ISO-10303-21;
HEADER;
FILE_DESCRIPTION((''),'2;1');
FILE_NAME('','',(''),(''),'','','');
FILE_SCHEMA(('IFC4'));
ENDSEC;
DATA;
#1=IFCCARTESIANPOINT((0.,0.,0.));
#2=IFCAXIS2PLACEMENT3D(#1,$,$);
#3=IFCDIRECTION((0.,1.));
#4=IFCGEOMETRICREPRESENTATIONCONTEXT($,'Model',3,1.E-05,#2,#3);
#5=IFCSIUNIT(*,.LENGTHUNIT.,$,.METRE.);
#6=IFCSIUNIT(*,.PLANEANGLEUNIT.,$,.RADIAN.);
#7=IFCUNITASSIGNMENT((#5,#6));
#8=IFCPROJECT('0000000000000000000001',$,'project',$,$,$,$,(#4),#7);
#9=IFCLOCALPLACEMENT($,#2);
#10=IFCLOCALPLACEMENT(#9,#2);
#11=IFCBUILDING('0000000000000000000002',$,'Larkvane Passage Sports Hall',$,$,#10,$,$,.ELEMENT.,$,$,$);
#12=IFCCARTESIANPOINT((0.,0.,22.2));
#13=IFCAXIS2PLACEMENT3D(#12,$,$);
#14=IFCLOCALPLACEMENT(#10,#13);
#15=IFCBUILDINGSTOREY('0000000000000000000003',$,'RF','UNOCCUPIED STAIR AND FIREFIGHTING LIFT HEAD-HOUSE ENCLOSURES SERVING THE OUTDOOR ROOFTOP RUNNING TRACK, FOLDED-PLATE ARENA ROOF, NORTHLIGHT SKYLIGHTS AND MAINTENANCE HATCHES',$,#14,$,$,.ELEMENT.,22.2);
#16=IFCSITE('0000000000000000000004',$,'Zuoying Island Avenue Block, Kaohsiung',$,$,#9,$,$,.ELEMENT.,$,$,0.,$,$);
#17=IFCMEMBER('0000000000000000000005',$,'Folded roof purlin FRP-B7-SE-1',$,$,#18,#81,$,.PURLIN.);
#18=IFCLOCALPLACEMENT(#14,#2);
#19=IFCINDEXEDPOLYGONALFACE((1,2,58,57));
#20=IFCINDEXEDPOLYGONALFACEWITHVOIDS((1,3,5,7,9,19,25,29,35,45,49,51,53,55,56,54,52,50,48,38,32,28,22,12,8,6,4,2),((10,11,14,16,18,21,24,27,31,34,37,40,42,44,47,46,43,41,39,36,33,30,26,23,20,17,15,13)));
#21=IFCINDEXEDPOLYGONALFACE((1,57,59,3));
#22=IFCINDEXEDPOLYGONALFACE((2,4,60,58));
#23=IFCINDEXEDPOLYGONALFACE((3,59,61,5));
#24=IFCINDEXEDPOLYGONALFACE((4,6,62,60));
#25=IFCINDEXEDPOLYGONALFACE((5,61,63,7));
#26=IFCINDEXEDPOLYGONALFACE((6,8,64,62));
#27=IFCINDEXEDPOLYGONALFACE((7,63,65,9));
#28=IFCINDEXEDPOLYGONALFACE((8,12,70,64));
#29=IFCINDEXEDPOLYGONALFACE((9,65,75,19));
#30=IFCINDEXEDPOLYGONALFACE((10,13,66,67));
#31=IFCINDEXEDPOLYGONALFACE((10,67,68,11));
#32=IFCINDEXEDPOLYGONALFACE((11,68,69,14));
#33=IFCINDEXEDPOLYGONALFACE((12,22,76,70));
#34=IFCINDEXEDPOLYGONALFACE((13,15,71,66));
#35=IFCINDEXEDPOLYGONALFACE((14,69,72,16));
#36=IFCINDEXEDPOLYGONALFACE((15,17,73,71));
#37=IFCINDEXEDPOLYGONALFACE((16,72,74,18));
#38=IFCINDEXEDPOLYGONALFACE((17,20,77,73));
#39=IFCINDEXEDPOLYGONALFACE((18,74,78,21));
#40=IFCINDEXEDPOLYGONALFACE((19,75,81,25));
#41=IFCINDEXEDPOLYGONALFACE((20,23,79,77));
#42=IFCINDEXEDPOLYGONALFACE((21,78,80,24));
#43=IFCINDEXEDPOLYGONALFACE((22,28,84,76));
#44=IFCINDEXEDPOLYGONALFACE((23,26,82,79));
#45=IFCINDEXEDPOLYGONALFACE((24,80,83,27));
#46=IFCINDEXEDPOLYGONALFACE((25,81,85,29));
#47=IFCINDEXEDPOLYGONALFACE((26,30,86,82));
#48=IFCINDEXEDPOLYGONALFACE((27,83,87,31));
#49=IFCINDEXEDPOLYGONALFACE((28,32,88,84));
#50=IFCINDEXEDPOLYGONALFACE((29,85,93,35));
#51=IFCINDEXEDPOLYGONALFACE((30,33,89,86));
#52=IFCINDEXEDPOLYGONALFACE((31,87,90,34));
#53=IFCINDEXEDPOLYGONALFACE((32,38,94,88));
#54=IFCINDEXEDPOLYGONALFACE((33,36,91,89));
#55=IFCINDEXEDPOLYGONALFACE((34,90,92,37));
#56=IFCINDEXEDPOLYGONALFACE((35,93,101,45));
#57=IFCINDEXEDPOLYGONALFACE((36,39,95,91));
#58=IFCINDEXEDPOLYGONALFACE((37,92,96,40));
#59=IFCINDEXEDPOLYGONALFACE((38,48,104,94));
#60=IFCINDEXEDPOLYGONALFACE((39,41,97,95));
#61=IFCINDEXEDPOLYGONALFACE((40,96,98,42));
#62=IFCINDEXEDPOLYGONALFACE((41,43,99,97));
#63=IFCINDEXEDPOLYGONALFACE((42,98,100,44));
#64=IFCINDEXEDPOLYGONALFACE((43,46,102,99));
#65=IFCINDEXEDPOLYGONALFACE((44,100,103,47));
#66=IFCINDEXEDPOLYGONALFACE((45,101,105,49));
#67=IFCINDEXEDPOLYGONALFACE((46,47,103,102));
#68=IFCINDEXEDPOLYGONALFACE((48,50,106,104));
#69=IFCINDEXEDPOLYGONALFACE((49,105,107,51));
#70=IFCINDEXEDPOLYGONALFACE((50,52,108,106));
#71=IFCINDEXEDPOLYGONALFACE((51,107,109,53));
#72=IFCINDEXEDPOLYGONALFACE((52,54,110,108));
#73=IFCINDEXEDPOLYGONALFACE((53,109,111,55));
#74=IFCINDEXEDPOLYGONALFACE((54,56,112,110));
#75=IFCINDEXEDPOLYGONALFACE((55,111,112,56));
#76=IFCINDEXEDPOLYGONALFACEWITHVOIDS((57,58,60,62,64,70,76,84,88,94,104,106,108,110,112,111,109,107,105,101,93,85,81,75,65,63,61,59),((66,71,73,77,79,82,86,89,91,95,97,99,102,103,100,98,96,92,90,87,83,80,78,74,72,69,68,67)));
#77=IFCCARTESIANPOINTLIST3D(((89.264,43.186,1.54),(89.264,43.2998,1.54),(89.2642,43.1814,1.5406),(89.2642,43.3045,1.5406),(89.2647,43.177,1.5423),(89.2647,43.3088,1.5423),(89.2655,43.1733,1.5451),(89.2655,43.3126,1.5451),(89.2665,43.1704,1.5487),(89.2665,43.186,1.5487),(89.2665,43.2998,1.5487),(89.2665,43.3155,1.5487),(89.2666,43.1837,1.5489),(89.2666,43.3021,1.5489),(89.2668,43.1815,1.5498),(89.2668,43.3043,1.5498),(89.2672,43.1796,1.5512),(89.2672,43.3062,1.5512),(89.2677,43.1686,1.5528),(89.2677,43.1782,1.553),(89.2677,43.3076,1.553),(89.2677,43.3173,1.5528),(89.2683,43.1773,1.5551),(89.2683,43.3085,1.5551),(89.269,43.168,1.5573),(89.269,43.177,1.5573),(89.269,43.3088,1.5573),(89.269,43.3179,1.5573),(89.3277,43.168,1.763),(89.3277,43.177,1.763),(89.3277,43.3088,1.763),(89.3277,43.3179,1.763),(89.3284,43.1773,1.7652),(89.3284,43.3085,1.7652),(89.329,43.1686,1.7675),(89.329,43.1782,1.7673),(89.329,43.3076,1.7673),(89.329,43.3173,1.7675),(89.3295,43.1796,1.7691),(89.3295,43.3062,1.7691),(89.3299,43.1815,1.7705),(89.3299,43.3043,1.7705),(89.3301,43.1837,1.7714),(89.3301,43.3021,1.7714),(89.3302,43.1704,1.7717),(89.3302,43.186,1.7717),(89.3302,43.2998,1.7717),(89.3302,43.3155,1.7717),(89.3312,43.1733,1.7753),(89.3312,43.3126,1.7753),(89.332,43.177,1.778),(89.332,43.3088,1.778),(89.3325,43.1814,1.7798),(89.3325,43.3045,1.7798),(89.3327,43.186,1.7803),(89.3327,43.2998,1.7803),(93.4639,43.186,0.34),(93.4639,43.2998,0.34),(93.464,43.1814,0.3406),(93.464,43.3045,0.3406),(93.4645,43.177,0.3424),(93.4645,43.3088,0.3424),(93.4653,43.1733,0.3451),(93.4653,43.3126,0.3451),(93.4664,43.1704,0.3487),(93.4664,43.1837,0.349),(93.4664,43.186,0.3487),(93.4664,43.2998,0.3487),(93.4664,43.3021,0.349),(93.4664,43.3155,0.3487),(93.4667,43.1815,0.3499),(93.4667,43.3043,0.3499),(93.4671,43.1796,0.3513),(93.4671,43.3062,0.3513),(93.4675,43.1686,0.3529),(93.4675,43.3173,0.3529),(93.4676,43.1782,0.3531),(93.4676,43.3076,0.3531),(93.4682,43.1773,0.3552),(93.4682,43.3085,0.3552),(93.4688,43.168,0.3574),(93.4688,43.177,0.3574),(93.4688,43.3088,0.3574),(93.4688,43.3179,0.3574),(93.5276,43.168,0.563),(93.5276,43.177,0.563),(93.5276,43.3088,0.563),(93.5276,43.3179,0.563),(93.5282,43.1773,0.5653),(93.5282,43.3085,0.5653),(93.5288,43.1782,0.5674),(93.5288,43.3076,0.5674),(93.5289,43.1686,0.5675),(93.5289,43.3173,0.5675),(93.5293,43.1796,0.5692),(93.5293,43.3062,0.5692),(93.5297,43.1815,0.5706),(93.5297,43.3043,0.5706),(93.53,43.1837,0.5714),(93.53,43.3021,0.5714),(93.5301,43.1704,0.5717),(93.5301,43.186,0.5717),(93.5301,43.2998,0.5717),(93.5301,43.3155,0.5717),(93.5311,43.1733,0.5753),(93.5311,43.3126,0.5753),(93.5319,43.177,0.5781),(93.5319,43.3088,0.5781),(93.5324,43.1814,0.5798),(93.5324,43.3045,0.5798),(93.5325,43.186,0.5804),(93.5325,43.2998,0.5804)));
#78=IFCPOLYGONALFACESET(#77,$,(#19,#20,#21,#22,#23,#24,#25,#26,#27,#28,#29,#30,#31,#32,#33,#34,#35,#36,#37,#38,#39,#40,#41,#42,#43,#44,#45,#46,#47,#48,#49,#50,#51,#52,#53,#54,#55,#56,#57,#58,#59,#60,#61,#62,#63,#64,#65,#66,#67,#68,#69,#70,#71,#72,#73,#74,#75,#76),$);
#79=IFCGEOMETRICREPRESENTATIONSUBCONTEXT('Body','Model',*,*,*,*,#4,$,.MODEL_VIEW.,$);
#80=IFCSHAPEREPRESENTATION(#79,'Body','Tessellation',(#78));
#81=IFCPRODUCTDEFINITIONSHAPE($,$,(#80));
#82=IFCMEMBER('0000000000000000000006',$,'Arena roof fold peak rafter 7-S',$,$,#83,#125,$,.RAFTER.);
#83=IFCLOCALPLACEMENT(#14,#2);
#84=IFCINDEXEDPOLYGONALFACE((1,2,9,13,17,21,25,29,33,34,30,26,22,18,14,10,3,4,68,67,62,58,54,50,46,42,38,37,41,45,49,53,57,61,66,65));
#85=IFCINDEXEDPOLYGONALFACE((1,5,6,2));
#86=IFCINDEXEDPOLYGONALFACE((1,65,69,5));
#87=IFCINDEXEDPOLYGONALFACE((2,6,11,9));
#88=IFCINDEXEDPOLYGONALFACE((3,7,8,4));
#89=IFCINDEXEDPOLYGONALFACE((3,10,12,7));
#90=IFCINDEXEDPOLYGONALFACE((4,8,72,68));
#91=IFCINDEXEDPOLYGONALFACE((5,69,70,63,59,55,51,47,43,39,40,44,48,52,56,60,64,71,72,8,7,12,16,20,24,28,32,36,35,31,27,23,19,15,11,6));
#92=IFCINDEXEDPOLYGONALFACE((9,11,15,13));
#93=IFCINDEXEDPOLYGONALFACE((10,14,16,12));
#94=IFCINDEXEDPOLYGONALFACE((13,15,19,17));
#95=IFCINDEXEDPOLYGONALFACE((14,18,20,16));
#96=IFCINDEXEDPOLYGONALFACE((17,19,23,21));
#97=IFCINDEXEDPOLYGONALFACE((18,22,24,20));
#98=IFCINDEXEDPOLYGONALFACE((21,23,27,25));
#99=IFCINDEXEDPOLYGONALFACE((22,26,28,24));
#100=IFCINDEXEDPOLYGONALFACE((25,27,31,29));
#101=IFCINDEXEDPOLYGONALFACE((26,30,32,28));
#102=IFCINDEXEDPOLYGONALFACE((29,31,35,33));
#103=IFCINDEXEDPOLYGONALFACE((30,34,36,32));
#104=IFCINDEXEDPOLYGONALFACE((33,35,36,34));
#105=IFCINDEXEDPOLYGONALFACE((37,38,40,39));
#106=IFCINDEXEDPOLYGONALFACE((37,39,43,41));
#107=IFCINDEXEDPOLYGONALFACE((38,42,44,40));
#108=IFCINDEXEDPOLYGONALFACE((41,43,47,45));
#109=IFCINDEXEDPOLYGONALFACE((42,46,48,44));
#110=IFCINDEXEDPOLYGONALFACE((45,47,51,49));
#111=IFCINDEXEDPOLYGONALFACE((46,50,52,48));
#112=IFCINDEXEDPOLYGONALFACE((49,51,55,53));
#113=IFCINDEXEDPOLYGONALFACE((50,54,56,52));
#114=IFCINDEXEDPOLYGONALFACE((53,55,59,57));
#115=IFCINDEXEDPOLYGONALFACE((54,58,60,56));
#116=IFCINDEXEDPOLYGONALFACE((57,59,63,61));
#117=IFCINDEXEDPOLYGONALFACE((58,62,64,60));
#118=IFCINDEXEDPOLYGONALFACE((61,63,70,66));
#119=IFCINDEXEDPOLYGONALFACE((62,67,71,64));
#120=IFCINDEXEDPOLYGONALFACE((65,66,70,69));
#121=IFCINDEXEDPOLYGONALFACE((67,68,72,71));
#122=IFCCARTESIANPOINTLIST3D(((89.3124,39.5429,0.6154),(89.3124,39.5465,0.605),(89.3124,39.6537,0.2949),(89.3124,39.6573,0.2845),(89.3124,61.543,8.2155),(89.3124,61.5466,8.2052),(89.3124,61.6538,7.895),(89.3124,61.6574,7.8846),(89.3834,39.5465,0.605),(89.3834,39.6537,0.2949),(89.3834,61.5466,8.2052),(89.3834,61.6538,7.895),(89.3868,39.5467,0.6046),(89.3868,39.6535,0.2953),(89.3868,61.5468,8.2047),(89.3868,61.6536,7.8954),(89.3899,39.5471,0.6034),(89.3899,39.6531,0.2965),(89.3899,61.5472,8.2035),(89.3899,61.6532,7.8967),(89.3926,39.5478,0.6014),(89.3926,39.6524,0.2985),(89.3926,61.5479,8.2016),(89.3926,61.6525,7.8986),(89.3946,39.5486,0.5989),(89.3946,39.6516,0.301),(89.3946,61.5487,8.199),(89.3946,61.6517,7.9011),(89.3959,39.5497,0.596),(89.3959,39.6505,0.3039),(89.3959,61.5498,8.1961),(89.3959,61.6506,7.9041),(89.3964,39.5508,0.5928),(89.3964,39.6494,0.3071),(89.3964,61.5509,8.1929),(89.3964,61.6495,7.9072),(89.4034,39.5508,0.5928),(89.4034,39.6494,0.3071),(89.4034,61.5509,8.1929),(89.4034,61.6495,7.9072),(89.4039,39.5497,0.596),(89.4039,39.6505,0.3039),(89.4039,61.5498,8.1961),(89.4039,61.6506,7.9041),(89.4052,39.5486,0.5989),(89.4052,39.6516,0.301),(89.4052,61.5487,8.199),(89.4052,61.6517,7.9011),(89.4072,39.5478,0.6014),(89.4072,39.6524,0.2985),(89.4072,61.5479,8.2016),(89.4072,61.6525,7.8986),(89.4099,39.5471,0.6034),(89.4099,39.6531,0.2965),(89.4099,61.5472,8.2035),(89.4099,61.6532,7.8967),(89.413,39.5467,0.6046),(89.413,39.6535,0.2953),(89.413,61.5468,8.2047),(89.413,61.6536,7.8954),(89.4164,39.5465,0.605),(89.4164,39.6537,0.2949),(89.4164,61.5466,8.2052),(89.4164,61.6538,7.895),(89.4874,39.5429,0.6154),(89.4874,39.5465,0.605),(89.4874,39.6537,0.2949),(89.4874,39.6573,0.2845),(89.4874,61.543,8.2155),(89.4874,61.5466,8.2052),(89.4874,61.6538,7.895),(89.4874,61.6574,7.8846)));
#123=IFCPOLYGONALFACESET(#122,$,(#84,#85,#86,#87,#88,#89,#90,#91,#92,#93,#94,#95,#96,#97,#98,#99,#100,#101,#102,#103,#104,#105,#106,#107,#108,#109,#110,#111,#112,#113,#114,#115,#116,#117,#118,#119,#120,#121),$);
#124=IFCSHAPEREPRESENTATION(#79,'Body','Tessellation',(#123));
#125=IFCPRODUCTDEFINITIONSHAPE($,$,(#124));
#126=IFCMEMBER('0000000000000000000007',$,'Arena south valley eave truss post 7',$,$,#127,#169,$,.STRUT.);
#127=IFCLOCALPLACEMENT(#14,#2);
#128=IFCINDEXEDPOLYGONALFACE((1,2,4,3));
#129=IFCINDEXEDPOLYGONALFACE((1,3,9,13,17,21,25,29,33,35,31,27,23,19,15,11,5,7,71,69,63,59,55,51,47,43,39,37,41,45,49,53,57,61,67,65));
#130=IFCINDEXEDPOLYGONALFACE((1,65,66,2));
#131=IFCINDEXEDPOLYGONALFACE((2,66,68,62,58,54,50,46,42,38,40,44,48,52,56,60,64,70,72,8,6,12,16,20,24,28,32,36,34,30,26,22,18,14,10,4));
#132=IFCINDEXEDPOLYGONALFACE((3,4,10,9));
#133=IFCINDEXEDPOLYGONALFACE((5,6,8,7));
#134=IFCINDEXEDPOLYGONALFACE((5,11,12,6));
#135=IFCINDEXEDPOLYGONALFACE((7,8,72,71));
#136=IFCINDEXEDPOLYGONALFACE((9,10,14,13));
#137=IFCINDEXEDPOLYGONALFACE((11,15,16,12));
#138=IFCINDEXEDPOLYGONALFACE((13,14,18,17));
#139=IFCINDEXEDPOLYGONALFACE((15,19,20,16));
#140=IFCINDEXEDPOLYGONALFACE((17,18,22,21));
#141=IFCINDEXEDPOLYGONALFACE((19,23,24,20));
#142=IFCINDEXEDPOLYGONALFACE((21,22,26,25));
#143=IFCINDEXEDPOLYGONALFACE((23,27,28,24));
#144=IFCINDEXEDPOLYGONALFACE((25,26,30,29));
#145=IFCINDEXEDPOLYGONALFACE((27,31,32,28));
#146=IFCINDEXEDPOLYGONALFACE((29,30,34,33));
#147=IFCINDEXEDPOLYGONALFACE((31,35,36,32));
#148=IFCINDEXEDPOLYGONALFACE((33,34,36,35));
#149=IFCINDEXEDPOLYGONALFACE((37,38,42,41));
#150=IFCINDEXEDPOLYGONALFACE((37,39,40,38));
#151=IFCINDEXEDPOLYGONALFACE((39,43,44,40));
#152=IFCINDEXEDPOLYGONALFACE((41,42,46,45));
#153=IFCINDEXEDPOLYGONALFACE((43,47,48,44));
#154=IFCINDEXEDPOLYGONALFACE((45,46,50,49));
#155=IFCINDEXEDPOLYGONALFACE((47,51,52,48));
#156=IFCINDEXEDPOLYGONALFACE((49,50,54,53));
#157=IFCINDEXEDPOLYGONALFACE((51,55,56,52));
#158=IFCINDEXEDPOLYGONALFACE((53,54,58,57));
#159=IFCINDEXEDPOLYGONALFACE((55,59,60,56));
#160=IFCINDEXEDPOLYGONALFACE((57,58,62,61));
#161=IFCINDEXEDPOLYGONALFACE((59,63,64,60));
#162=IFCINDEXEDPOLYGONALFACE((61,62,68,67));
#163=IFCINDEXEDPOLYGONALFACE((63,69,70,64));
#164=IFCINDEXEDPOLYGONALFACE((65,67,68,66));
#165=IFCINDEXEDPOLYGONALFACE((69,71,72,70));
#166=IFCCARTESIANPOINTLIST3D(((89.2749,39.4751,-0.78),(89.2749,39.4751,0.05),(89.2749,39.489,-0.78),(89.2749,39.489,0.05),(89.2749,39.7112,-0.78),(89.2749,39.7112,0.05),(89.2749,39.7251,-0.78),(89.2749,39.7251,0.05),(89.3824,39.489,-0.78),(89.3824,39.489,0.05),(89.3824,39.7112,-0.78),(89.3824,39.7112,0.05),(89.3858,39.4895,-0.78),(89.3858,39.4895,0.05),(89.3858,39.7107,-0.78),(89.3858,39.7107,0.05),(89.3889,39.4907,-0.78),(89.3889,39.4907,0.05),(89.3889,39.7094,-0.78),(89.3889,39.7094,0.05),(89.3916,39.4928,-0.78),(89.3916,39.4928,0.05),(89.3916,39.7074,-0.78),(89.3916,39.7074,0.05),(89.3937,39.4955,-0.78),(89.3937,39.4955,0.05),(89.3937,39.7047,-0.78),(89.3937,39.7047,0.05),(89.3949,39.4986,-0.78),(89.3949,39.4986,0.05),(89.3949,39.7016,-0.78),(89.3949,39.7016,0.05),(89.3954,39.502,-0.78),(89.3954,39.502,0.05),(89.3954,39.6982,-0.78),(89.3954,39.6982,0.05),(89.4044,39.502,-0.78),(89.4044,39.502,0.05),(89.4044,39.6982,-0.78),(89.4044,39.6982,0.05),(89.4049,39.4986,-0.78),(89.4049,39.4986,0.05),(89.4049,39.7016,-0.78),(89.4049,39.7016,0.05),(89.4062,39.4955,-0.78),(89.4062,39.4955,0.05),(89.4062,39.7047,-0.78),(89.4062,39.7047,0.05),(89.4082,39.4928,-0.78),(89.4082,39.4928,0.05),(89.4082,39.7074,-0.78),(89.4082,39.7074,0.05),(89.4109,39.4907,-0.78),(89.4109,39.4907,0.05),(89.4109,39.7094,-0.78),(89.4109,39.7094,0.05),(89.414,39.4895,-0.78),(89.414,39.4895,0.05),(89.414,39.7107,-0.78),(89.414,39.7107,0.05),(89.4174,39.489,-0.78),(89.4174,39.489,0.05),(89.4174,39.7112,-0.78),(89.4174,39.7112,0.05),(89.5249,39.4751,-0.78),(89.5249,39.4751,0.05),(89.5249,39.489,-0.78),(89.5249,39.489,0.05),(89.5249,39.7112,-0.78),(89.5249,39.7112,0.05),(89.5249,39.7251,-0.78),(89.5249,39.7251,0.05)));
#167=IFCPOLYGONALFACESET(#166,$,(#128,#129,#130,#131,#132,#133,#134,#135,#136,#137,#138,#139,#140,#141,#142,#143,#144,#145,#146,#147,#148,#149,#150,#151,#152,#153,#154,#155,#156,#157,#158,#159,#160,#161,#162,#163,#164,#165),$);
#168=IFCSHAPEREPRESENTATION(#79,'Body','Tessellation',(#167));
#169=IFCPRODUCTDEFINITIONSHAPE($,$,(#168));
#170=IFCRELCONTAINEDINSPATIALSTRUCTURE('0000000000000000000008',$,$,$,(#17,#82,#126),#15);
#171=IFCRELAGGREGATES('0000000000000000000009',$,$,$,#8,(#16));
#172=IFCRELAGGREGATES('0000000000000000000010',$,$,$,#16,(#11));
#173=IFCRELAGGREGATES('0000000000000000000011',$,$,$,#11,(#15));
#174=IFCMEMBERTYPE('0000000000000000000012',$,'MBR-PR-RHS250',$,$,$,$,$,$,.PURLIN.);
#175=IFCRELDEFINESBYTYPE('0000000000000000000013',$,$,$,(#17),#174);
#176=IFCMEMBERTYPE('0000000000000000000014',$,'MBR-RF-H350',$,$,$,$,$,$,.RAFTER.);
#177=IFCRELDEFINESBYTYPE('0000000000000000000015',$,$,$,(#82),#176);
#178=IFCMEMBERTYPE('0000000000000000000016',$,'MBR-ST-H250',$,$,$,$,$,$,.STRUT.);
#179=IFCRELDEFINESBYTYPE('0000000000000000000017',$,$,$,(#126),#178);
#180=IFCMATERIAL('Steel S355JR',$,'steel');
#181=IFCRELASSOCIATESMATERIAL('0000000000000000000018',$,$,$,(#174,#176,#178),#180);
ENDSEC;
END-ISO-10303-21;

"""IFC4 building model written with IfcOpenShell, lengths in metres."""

from ifc_helpers import new_model, si_unit, direction, frame, origin, origin_2d, place, context, subcontext, project, spatial, hollow_rectangle, i_section, extrude, material, material_profile, profile_set, type_object, element, save


model = new_model("IFC4")

# Units and contexts
model_context = context("Model", 3, precision=1e-05, world=origin(), true_north=direction((0.0, 1.0)))
body_context = subcontext(model_context, "Body", "Model", "MODEL_VIEW")
ifc_project = project(units=[si_unit("LENGTHUNIT", "METRE"), si_unit("PLANEANGLEUNIT", "RADIAN")], contexts=[model_context])

# Site, building, storey
site_placement = place(None, origin())
site = spatial("IfcSite", under=ifc_project, at=site_placement, Name="Zuoying Island Avenue Block, Kaohsiung", CompositionType="ELEMENT", RefElevation=0.0)
building_placement = place(site_placement, origin())
building = spatial("IfcBuilding", under=site, at=building_placement, Name="Larkvane Passage Sports Hall", CompositionType="ELEMENT")
storey_placement = place(building_placement, frame((0.0, 0.0, 22.2)))
storey = spatial("IfcBuildingStorey", under=building, at=storey_placement, Name="RF", Description="UNOCCUPIED STAIR AND FIREFIGHTING LIFT HEAD-HOUSE ENCLOSURES SERVING THE OUTDOOR ROOFTOP RUNNING TRACK, FOLDED-PLATE ARENA ROOF, NORTHLIGHT SKYLIGHTS AND MAINTENANCE HATCHES", CompositionType="ELEMENT", Elevation=22.2)

# Members
ifc_material_1 = material(Name="Steel S355JR", Category="steel")
ifc_material_profile_1 = material_profile(ifc_material_1, hollow_rectangle(XDim=0.1499, YDim=0.25, WallThickness=0.009, InnerFilletRadius=0.009, OuterFilletRadius=0.0181, at=origin_2d()), Name="RHS-250x150x9")
ifc_profile_set_1 = profile_set([ifc_material_profile_1], Name="Steel S355JR")
member_type_1 = type_object("IfcMemberType", Name="MBR-PR-RHS250", PredefinedType="PURLIN", material=ifc_profile_set_1)
for number, where, z_axis, x_axis, name in (
    (1, (89.2983, 43.2429, 1.6602), (0.961526, 0.0, -0.274714), (0.0, 1.0, 0.0), "Folded roof purlin FRP-B7-SE-1"),
):
    element("IfcMember", number, at=place(storey_placement, frame(where, z_axis=z_axis, x_axis=x_axis)), inside=storey, type_object=member_type_1, Name=name, PredefinedType="PURLIN", context=body_context, shape_type="SweptSolid", body=[
        extrude(hollow_rectangle(XDim=0.1499, YDim=0.25, WallThickness=0.009, InnerFilletRadius=0.009, OuterFilletRadius=0.0181, at=origin_2d()), origin(), (0.0, 0.0, 1.0), 4.3679),
    ])
ifc_material_profile_2 = material_profile(ifc_material_1, i_section(OverallWidth=0.175, OverallDepth=0.3501, WebThickness=0.0071, FlangeThickness=0.011, FilletRadius=0.0129, at=origin_2d()), Name="H-350x175x7x11")
ifc_profile_set_2 = profile_set([ifc_material_profile_2], Name="Steel S355JR")
member_type_2 = type_object("IfcMemberType", Name="MBR-RF-H350", PredefinedType="RAFTER", material=ifc_profile_set_2)
member_1_placement = place(storey_placement, frame((89.3999, 39.6001, 0.45), z_axis=(0.0, 0.945189, 0.326524), x_axis=(-1.0, 0.0, 0.0)))
element("IfcMember", 2, at=member_1_placement, inside=storey, type_object=member_type_2, Name="Arena roof fold peak rafter 7-S", PredefinedType="RAFTER", context=body_context, shape_type="SweptSolid", body=[
    extrude(i_section(OverallWidth=0.175, OverallDepth=0.3501, WebThickness=0.0071, FlangeThickness=0.011, FilletRadius=0.0129, at=origin_2d()), origin(), (0.0, 0.0, 1.0), 23.2759),
])
ifc_material_profile_3 = material_profile(ifc_material_1, i_section(OverallWidth=0.25, OverallDepth=0.25, WebThickness=0.009, FlangeThickness=0.0139, FilletRadius=0.0129, at=origin_2d()), Name="H-250x250x9x14")
ifc_profile_set_3 = profile_set([ifc_material_profile_3], Name="Steel S355JR")
member_type_3 = type_object("IfcMemberType", Name="MBR-ST-H250", PredefinedType="STRUT", material=ifc_profile_set_3)
member_2_placement = place(storey_placement, frame((89.3999, 39.6001, -0.78), z_axis=(0.0, 0.0, 1.0), x_axis=(1.0, 0.0, 0.0)))
element("IfcMember", 3, at=member_2_placement, inside=storey, type_object=member_type_3, Name="Arena south valley eave truss post 7", PredefinedType="STRUT", context=body_context, shape_type="SweptSolid", body=[
    extrude(i_section(OverallWidth=0.25, OverallDepth=0.25, WebThickness=0.009, FlangeThickness=0.0139, FilletRadius=0.0129, at=origin_2d()), origin(), (0.0, 0.0, 1.0), 0.8301),
])

save(model, "model.ifc")
